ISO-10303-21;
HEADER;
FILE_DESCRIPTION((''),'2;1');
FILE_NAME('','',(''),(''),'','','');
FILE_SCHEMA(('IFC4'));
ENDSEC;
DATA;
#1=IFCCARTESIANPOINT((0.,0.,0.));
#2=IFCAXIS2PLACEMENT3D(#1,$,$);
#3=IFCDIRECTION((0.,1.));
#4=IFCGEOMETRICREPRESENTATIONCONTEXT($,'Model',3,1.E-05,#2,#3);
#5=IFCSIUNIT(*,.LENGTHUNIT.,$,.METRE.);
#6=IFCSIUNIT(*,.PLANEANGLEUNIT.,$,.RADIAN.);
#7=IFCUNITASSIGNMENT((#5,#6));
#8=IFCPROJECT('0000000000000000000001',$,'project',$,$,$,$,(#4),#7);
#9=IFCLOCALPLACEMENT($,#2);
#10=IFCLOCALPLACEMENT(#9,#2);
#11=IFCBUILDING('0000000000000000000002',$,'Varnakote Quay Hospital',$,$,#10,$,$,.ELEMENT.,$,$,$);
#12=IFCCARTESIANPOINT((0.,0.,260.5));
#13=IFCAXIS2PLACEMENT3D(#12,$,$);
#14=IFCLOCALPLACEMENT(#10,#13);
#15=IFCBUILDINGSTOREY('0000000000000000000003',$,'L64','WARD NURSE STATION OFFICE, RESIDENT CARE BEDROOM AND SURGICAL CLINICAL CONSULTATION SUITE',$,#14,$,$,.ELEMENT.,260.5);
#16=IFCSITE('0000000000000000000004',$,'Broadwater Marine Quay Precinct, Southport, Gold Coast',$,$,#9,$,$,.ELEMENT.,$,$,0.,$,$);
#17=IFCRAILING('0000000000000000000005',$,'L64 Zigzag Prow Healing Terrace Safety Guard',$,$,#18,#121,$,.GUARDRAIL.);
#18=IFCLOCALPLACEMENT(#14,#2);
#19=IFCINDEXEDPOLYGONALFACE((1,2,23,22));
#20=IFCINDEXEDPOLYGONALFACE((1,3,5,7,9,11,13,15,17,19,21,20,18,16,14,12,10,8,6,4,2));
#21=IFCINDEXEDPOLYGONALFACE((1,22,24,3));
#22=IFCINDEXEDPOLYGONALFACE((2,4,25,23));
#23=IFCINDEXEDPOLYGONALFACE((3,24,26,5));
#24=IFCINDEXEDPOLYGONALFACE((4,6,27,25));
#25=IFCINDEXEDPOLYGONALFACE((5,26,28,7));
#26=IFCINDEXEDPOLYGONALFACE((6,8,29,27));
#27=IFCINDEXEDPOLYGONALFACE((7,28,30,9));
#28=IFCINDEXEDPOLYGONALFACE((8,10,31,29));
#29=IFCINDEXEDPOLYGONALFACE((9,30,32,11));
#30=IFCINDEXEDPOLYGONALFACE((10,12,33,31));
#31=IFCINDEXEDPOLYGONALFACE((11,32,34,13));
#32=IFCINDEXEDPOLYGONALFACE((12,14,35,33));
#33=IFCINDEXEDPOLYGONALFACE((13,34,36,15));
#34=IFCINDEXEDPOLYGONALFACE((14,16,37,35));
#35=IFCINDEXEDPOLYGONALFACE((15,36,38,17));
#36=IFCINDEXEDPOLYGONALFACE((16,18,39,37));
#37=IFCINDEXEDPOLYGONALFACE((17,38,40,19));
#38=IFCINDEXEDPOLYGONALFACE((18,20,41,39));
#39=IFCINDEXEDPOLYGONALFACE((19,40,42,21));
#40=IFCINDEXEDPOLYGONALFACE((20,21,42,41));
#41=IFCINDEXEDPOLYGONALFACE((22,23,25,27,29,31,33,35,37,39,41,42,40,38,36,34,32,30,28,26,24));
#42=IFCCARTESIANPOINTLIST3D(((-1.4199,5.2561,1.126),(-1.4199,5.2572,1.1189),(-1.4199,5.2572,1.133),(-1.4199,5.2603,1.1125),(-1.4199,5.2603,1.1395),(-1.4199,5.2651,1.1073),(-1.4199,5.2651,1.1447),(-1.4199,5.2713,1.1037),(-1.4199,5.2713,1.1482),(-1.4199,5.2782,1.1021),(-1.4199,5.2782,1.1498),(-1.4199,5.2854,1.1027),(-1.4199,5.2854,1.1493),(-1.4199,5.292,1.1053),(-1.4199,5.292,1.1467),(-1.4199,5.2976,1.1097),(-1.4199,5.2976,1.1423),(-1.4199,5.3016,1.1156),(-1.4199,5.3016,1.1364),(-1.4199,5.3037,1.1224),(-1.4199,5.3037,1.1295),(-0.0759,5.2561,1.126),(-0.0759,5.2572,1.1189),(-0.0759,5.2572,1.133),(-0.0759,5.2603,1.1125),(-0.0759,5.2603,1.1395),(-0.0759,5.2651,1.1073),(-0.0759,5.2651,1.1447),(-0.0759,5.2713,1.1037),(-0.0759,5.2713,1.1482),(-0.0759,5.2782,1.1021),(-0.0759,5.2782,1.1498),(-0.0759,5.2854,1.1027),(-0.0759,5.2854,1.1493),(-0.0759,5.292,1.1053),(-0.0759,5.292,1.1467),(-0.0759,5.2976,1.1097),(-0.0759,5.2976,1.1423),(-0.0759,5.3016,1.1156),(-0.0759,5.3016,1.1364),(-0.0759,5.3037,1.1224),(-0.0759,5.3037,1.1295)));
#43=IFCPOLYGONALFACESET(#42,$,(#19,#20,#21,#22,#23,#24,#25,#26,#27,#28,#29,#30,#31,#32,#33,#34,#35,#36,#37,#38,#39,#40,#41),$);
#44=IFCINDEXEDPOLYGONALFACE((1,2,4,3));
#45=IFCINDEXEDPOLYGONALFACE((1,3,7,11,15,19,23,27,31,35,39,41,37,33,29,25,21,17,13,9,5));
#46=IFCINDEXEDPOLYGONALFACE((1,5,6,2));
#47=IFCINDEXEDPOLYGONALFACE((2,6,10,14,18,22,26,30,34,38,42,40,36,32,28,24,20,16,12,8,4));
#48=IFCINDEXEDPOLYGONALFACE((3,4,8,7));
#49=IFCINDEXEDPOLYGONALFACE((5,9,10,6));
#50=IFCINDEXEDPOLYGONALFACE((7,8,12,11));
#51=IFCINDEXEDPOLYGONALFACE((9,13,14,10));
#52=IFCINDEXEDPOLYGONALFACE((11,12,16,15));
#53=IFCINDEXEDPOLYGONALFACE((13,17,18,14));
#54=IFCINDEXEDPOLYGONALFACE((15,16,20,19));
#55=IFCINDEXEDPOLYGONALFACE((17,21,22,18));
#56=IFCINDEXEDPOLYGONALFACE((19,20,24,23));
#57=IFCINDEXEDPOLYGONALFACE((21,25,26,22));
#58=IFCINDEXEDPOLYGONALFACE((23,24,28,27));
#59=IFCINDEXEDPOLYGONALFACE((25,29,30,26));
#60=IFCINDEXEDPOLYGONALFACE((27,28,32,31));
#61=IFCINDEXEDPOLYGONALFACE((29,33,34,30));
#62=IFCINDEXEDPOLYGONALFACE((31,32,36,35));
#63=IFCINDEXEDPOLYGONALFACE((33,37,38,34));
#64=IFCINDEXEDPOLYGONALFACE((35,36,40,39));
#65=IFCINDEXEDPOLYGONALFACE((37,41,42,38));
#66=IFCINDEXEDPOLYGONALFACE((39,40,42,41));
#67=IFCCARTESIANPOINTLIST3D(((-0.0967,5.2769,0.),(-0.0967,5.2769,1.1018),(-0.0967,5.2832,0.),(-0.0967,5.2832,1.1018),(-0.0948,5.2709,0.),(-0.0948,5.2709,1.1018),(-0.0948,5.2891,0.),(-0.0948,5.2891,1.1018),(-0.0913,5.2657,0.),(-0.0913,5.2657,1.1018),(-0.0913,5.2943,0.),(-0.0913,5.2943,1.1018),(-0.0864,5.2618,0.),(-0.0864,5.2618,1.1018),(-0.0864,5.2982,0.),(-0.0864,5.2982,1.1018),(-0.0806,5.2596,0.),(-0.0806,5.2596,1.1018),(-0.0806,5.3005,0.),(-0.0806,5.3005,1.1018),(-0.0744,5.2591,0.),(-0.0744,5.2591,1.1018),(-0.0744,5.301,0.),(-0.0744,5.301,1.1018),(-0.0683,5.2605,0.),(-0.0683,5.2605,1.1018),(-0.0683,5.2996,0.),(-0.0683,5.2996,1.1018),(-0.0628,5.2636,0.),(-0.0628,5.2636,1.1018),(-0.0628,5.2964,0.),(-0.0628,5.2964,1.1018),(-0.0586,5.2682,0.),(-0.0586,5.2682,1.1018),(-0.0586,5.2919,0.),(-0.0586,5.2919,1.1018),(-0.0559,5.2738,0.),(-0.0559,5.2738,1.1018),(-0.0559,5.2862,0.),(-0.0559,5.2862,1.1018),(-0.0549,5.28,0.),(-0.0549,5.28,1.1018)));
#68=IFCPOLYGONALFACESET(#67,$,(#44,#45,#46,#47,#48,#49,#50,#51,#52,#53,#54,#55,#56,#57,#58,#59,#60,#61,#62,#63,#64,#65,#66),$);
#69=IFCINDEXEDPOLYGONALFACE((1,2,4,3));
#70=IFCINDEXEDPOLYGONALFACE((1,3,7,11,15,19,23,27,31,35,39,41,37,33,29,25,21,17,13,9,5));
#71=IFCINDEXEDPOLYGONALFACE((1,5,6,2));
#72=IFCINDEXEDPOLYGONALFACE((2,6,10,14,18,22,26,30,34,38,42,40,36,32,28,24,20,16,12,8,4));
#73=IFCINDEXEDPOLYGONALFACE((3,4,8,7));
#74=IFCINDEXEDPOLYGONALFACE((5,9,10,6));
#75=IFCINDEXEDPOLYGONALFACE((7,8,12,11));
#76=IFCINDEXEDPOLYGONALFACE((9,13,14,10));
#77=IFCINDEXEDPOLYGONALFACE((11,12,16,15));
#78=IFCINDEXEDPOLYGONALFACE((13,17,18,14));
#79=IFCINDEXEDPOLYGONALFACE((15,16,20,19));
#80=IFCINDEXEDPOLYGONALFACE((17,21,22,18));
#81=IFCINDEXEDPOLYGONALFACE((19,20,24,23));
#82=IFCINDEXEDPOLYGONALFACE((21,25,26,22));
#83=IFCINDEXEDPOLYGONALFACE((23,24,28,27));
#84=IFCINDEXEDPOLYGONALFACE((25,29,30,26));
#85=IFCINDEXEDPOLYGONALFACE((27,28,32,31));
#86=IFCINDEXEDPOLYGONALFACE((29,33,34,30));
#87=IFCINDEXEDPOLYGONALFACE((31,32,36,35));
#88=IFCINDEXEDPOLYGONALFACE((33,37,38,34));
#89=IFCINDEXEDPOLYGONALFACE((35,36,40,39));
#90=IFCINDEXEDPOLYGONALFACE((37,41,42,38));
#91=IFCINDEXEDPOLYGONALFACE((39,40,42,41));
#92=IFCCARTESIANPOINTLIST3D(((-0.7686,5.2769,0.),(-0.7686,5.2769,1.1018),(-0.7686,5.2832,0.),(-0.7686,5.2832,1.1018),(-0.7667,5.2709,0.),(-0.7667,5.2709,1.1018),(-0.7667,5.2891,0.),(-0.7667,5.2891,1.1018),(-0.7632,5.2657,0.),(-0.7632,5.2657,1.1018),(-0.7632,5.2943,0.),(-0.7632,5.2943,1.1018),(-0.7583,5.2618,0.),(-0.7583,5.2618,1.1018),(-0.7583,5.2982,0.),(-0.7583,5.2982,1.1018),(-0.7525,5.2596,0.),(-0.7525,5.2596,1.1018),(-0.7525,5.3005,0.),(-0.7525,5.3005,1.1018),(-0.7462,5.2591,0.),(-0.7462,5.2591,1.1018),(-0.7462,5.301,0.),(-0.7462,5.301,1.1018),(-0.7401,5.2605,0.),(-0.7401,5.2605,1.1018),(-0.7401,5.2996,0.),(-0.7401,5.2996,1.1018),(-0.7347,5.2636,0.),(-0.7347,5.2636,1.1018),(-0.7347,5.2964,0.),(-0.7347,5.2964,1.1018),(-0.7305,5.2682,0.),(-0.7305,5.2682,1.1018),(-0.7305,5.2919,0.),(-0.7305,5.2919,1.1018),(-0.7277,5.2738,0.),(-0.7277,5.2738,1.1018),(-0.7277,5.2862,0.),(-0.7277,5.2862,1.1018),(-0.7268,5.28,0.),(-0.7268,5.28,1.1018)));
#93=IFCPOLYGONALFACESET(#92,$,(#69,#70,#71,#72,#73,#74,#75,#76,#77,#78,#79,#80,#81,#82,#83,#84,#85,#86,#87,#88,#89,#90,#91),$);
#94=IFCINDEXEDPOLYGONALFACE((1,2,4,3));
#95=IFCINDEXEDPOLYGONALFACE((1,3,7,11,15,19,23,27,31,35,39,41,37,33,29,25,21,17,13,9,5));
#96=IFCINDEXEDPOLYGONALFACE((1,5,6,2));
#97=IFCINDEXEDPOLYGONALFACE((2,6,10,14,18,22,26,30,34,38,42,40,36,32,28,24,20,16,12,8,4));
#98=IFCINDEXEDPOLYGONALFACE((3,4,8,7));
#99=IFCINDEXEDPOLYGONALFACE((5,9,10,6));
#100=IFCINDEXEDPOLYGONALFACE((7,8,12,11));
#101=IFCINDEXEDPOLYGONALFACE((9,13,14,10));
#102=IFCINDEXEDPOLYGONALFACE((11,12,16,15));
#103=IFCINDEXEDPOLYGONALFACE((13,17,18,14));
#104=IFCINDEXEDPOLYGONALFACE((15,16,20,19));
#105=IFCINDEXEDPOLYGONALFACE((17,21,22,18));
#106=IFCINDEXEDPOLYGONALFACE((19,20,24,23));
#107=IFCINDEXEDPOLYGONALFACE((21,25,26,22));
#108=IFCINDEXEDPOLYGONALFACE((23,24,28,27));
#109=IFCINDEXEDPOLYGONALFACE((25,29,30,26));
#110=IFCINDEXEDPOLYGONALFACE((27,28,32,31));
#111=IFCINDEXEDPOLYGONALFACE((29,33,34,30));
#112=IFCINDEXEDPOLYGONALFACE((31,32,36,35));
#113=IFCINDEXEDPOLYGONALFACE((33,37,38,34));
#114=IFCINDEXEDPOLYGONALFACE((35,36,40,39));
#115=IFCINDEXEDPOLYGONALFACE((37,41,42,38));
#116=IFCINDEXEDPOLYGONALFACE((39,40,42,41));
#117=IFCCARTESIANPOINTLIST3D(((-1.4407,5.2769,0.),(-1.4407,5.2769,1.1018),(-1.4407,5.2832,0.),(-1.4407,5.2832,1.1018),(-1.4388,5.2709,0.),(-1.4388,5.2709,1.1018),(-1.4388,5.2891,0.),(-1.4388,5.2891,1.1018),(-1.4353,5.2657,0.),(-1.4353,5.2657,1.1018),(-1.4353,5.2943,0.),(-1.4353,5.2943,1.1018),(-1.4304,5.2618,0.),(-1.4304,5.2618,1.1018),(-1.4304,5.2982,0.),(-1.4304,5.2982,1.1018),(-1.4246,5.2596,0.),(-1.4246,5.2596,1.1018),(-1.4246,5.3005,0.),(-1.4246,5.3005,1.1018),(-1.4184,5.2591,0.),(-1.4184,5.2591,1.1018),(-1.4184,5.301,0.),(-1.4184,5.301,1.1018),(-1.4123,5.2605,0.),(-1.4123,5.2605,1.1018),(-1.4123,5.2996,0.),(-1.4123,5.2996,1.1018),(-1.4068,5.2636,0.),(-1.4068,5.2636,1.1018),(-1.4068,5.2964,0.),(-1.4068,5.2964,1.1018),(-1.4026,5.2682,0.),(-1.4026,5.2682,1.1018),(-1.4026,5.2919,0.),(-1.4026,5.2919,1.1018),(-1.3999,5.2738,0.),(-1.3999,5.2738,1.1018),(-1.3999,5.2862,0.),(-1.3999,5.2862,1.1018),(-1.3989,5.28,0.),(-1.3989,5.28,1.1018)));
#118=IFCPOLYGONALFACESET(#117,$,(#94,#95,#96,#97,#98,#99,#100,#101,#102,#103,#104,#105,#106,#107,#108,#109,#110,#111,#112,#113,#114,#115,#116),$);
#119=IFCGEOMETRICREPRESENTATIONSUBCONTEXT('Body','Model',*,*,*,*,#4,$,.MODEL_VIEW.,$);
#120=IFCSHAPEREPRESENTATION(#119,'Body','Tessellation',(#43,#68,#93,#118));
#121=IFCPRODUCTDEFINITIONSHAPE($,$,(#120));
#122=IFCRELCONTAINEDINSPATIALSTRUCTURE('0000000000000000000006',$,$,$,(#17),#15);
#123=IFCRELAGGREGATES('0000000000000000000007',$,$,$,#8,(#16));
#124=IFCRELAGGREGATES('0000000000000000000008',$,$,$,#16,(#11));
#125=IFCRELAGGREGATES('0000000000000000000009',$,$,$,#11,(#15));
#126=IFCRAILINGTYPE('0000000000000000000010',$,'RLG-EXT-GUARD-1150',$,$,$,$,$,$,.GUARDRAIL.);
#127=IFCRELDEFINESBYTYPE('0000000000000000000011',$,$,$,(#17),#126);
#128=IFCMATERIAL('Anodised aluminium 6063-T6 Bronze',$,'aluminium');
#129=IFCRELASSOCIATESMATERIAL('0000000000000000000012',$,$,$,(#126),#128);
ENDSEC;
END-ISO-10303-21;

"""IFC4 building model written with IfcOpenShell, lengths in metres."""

from ifc_helpers import new_model, si_unit, direction, frame, origin, origin_2d, place, context, subcontext, project, spatial, circle, extrude, material, type_object, element, save


model = new_model("IFC4")

# Units and contexts
model_context = context("Model", 3, precision=1e-05, world=origin(), true_north=direction((0.0, 1.0)))
body_context = subcontext(model_context, "Body", "Model", "MODEL_VIEW")
ifc_project = project(units=[si_unit("LENGTHUNIT", "METRE"), si_unit("PLANEANGLEUNIT", "RADIAN")], contexts=[model_context])

# Site, building, storey
site_placement = place(None, origin())
site = spatial("IfcSite", under=ifc_project, at=site_placement, Name="Broadwater Marine Quay Precinct, Southport, Gold Coast", CompositionType="ELEMENT", RefElevation=0.0)
building_placement = place(site_placement, origin())
building = spatial("IfcBuilding", under=site, at=building_placement, Name="Varnakote Quay Hospital", CompositionType="ELEMENT")
storey_placement = place(building_placement, frame((0.0, 0.0, 260.5)))
storey = spatial("IfcBuildingStorey", under=building, at=storey_placement, Name="L64", Description="WARD NURSE STATION OFFICE, RESIDENT CARE BEDROOM AND SURGICAL CLINICAL CONSULTATION SUITE", CompositionType="ELEMENT", Elevation=260.5)

# Railing
ifc_material_1 = material(Name="Anodised aluminium 6063-T6 Bronze", Category="aluminium")
railing_type_1 = type_object("IfcRailingType", Name="RLG-EXT-GUARD-1150", PredefinedType="GUARDRAIL", material=ifc_material_1)
railing_1_placement = place(storey_placement, frame((-0.0759, 5.28, 0.0)))
element("IfcRailing", 1, at=railing_1_placement, inside=storey, type_object=railing_type_1, Name="L64 Zigzag Prow Healing Terrace Safety Guard", PredefinedType="GUARDRAIL", context=body_context, shape_type="SweptSolid", body=[
    extrude(circle(Radius=0.0239, at=origin_2d()), frame((0.0, 0.0, 1.126), z_axis=(-1.0, 0.0, 0.0), x_axis=(0.0, -1.0, 0.0)), (0.0, 0.0, 1.0), 1.344),
    extrude(circle(Radius=0.021, at=origin_2d()), origin(), (0.0, 0.0, 1.0), 1.1018),
    extrude(circle(Radius=0.021, at=origin_2d()), frame((-0.6719, 0.0, 0.0)), (0.0, 0.0, 1.0), 1.1018),
    extrude(circle(Radius=0.021, at=origin_2d()), frame((-1.344, 0.0, 0.0)), (0.0, 0.0, 1.0), 1.1018),
])

save(model, "model.ifc")
